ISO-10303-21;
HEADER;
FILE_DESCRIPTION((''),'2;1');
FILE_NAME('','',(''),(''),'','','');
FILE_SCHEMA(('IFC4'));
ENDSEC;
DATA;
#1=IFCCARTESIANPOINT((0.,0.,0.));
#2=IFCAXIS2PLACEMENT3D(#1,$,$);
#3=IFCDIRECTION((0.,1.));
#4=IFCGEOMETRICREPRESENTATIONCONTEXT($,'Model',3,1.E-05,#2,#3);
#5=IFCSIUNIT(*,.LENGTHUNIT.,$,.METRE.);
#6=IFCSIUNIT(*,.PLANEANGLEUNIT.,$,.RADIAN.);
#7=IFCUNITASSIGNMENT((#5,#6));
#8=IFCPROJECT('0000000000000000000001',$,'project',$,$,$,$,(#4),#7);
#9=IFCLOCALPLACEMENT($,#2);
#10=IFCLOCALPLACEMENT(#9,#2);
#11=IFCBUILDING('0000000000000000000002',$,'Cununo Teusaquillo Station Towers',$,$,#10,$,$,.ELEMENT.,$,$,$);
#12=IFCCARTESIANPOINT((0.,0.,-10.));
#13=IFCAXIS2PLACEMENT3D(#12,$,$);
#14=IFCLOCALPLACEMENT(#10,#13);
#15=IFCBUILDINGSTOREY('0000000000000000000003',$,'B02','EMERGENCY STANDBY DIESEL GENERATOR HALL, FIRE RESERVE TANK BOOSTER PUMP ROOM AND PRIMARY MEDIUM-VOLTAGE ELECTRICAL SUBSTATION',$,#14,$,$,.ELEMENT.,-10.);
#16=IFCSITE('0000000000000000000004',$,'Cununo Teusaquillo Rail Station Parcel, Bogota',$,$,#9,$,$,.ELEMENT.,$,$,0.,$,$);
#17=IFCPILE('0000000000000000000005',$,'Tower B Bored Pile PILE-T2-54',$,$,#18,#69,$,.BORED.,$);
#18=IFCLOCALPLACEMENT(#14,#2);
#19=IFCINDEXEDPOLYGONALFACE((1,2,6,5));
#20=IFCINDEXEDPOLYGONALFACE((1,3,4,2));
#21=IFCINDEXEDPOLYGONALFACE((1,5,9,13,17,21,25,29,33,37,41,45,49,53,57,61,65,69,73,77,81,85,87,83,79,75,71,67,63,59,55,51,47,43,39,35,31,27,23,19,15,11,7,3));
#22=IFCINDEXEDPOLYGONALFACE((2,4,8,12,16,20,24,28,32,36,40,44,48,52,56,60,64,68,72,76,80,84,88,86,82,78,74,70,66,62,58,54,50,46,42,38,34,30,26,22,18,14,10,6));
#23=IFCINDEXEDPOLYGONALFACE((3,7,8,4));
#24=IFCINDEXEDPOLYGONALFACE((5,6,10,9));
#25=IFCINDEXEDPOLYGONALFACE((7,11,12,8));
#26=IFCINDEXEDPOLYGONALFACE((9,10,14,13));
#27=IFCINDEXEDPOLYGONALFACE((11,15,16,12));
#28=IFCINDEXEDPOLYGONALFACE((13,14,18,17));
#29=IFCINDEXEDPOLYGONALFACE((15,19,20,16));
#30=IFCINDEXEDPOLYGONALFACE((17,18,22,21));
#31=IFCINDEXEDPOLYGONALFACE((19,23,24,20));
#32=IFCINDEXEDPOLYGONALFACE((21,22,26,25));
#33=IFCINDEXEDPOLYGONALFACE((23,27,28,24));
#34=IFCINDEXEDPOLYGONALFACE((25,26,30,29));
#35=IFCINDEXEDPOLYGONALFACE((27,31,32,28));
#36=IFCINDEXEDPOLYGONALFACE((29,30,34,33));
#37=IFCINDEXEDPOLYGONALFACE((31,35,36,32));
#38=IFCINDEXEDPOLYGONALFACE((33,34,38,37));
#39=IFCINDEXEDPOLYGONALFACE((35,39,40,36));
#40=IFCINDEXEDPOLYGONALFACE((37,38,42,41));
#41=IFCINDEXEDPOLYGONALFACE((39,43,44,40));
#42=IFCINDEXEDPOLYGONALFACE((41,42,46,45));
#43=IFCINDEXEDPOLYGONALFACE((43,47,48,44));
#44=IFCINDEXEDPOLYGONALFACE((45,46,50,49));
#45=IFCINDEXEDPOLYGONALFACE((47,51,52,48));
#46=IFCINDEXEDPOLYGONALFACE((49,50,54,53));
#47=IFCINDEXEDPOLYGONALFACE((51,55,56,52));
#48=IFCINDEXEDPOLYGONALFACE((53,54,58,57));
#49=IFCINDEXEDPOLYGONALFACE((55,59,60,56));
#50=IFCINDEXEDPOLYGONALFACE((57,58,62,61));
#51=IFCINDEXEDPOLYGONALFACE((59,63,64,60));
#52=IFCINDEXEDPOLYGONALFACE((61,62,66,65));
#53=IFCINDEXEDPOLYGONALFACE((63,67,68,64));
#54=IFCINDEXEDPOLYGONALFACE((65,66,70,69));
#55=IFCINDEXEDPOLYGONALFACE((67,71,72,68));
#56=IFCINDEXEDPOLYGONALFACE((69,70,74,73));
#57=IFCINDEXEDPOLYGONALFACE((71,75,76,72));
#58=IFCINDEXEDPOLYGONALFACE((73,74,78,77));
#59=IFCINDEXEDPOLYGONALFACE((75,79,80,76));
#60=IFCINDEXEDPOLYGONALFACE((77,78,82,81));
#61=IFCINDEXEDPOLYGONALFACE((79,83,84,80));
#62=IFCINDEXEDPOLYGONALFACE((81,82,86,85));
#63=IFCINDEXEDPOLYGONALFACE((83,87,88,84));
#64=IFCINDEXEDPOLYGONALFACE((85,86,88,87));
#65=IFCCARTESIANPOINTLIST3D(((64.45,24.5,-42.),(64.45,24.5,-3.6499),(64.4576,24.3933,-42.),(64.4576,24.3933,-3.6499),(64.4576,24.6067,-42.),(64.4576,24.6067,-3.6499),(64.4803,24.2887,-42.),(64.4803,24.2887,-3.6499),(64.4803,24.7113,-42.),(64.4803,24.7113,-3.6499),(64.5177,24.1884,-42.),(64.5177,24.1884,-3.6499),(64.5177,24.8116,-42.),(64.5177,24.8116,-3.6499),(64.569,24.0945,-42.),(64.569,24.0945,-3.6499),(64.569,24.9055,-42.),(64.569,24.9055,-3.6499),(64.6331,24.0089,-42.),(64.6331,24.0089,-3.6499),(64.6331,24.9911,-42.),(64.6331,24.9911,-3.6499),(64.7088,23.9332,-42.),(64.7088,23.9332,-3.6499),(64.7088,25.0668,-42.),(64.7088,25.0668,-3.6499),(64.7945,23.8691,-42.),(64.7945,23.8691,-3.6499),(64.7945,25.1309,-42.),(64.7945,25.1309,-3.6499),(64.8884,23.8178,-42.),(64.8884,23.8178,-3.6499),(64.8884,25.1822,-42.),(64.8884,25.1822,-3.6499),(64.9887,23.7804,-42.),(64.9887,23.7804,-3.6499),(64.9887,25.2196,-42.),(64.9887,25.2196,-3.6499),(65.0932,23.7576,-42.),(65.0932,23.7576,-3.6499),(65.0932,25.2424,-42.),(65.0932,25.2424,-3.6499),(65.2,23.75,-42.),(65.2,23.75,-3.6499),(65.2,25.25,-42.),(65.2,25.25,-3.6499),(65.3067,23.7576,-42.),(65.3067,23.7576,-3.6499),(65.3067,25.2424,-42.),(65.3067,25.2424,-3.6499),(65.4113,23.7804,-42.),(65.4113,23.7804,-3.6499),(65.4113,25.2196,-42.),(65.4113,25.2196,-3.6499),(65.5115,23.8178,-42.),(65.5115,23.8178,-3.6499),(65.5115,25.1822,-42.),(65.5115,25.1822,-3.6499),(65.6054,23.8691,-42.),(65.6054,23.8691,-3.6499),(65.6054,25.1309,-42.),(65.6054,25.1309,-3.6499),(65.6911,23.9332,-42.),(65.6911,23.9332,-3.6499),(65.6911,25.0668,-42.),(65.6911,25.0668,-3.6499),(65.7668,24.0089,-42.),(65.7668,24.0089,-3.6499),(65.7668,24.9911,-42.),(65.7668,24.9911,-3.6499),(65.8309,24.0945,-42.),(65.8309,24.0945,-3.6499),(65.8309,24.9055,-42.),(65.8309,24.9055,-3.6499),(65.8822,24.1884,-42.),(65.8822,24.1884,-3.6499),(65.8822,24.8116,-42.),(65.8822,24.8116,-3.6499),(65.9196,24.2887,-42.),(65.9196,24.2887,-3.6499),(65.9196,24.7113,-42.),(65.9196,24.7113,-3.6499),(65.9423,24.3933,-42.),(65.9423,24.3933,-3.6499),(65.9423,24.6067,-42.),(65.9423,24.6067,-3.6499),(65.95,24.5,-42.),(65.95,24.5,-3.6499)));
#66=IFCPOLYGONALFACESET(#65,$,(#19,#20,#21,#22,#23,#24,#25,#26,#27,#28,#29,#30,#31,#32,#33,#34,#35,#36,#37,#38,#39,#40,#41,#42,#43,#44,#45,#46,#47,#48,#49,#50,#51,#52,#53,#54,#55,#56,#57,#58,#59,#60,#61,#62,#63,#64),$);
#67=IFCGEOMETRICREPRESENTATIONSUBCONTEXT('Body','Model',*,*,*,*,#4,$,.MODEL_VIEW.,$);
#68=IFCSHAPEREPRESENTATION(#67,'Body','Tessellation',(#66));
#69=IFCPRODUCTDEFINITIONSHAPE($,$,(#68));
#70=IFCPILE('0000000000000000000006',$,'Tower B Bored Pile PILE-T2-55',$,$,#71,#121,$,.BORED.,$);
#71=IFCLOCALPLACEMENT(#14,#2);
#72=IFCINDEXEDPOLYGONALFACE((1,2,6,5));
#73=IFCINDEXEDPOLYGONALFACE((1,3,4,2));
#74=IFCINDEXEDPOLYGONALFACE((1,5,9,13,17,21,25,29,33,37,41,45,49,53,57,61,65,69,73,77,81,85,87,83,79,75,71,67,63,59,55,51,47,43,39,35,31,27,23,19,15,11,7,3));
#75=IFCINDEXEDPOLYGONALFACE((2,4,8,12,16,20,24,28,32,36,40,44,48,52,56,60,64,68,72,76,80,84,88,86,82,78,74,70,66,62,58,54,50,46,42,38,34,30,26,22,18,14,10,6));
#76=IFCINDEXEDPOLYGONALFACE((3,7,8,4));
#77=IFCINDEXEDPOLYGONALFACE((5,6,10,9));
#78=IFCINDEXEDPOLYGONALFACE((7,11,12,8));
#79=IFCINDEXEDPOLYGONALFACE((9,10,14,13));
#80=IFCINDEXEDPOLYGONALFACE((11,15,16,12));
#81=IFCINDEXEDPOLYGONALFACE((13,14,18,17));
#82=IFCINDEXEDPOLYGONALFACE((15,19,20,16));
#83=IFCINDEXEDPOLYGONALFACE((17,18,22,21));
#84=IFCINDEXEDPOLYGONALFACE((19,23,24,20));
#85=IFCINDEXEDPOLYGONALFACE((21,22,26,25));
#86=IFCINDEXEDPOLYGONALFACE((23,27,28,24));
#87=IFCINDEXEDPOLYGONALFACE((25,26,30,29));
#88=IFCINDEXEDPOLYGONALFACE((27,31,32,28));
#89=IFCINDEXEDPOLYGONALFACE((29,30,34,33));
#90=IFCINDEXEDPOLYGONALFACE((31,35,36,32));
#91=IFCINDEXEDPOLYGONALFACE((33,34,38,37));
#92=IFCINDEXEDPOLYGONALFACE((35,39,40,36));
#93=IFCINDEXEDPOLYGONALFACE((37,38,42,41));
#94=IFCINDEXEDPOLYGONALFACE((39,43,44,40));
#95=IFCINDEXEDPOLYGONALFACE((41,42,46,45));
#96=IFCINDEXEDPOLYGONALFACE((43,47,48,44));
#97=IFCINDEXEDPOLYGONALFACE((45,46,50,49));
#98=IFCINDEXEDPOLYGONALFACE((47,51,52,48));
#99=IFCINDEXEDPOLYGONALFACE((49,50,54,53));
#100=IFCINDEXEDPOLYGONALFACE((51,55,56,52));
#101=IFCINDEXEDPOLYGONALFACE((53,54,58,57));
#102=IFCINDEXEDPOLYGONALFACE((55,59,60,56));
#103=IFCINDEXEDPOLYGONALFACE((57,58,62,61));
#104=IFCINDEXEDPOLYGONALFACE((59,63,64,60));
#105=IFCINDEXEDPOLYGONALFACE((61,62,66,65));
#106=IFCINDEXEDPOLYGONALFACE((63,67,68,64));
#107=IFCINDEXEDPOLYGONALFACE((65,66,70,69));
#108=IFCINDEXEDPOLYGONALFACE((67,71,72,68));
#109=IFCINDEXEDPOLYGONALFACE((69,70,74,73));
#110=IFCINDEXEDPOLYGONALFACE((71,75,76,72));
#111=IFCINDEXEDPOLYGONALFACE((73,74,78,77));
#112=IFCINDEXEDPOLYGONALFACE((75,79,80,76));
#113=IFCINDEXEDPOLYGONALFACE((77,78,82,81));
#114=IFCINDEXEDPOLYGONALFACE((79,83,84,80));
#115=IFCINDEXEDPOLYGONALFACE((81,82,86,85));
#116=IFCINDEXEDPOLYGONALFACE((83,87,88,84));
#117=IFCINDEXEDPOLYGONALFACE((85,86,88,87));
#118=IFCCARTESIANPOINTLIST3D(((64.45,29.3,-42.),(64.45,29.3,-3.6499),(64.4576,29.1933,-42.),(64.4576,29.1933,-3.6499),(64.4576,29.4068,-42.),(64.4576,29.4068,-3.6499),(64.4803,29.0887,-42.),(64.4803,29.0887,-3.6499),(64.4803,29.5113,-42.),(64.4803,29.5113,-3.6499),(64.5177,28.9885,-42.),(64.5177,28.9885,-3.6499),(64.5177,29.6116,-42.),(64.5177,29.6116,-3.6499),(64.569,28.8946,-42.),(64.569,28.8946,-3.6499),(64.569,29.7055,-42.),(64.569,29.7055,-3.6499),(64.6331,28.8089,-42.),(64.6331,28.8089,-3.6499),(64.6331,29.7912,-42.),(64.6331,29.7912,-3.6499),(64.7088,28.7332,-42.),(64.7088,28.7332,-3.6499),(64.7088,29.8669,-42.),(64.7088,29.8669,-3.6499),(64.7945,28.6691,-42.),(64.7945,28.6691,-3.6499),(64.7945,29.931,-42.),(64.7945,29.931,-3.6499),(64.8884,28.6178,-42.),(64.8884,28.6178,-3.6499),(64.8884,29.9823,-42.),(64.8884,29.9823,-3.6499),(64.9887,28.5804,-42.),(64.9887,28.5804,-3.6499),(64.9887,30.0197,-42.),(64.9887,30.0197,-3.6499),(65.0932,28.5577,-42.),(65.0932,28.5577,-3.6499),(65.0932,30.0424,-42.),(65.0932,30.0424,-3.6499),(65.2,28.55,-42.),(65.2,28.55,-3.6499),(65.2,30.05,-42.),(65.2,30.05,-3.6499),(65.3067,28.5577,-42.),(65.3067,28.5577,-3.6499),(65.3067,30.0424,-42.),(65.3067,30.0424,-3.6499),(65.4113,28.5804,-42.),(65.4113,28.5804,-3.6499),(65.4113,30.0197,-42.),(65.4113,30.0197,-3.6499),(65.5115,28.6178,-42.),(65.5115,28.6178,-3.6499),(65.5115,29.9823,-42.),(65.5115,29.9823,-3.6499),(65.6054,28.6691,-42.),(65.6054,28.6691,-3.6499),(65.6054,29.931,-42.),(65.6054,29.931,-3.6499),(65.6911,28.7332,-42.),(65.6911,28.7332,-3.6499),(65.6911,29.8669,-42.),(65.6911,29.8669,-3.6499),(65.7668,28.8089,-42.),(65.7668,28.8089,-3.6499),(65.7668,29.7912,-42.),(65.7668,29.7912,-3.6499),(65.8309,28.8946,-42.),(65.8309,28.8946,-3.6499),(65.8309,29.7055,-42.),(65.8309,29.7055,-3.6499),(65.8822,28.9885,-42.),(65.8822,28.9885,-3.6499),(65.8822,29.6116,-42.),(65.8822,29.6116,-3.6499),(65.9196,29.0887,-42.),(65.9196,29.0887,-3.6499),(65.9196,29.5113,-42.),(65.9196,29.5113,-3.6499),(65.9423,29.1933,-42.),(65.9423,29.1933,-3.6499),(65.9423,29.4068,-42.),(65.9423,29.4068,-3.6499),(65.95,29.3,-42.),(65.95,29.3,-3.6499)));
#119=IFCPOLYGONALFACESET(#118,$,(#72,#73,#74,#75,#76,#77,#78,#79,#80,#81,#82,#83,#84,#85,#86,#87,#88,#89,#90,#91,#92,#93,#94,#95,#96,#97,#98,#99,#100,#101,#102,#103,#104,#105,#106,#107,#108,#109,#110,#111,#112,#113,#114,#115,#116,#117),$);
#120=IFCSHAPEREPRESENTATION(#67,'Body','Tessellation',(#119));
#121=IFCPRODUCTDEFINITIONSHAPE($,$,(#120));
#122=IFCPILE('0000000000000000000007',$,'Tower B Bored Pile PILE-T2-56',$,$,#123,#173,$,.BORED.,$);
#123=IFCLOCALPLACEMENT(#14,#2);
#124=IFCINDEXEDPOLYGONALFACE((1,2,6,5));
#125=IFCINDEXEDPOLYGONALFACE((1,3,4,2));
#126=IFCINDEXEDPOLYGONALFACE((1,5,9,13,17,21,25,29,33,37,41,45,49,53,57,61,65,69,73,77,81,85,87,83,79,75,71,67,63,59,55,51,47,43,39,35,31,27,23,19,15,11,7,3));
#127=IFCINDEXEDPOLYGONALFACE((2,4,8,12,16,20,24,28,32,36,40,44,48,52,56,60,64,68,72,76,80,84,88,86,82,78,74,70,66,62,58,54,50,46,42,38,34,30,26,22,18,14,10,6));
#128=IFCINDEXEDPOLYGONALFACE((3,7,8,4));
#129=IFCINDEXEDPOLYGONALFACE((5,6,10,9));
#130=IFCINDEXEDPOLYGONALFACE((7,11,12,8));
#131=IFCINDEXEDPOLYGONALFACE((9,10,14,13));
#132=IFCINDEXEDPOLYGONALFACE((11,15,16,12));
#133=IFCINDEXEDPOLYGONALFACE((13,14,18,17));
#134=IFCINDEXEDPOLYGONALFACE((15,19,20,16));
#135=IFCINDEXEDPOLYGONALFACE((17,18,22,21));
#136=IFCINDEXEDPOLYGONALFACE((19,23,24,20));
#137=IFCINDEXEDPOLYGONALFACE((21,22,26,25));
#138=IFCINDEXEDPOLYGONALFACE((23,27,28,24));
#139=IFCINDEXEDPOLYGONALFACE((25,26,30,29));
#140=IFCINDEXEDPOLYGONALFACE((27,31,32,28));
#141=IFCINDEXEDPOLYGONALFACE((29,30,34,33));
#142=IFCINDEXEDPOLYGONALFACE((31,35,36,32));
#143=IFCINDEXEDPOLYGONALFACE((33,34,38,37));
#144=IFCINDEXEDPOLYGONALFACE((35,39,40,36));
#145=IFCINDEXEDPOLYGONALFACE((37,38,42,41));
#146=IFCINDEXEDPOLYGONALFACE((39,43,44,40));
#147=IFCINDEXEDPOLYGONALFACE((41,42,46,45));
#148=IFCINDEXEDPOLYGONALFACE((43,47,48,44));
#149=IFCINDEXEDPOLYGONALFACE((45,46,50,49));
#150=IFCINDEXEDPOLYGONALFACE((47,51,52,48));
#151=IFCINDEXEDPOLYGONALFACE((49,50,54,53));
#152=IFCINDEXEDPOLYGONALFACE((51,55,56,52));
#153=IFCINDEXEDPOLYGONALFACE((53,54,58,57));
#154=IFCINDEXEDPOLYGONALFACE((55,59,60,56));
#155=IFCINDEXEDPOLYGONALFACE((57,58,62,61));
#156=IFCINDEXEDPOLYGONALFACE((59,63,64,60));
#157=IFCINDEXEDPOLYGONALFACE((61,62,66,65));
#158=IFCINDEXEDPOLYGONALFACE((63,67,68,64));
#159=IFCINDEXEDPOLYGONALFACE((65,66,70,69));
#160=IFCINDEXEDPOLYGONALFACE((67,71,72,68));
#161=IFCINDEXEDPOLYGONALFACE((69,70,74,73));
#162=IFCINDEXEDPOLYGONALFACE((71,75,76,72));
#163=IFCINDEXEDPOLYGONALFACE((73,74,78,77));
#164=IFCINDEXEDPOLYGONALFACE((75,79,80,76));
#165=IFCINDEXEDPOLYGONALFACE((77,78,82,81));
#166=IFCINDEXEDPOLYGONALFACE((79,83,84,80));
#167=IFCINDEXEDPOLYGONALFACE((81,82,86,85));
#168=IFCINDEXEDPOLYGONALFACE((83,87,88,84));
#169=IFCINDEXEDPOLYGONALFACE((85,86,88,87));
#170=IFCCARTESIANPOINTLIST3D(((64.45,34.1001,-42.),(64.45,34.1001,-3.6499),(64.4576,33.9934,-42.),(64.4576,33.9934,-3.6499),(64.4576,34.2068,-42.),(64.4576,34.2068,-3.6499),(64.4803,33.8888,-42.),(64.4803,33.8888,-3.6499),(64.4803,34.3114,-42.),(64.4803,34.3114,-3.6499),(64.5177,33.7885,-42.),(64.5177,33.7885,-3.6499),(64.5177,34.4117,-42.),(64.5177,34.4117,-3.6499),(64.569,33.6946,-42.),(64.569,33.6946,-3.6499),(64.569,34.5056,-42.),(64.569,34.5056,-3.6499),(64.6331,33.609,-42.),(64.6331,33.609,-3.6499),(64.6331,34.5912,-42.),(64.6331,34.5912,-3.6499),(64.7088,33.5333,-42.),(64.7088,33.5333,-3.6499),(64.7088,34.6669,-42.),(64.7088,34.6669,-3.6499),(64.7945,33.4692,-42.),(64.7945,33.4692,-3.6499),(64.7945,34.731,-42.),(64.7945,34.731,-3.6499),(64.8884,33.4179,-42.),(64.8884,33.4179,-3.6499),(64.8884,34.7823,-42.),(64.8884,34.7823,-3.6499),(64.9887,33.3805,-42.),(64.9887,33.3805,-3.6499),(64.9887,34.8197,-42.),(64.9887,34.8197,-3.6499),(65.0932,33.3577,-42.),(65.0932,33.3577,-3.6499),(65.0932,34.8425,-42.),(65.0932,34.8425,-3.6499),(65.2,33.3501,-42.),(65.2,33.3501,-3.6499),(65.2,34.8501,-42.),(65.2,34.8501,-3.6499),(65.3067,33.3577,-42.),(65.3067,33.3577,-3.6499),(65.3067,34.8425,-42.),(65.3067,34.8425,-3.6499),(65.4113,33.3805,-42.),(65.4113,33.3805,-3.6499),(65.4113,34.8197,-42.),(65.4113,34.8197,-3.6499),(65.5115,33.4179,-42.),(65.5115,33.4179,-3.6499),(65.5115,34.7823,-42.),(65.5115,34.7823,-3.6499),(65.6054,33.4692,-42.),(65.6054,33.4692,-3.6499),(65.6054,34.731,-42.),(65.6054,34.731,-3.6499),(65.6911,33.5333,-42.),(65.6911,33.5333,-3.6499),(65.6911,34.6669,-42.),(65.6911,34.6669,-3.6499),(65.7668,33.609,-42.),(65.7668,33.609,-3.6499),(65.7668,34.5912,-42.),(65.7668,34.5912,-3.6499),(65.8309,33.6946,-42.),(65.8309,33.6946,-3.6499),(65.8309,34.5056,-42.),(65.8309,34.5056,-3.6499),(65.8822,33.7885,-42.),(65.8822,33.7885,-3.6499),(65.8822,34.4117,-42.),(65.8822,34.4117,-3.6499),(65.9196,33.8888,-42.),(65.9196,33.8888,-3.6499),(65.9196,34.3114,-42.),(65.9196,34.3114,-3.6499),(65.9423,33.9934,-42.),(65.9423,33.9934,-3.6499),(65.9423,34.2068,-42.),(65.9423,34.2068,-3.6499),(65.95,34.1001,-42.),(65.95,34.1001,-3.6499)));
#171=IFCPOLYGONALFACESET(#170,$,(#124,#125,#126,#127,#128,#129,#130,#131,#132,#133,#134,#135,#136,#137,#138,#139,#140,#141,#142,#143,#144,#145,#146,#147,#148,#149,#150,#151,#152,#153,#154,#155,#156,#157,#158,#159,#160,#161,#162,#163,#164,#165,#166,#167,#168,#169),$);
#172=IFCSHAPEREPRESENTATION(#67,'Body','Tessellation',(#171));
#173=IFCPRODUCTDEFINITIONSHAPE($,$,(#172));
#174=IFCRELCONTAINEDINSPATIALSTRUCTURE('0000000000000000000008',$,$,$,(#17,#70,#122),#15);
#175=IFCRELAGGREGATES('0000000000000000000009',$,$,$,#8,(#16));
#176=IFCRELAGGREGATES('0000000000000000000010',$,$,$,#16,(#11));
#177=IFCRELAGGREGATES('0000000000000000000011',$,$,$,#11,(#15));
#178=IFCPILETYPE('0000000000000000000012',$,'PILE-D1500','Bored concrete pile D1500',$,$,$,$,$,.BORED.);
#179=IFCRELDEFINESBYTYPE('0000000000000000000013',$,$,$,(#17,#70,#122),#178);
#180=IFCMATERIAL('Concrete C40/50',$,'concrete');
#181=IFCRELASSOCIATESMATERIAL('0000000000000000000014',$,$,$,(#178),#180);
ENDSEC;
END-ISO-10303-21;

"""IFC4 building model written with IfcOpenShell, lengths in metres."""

from ifc_helpers import new_model, si_unit, direction, frame, origin, origin_2d, place, context, subcontext, project, spatial, circle, extrude, material, material_profile, profile_set, type_object, element, save


model = new_model("IFC4")

# Units and contexts
model_context = context("Model", 3, precision=1e-05, world=origin(), true_north=direction((0.0, 1.0)))
body_context = subcontext(model_context, "Body", "Model", "MODEL_VIEW")
ifc_project = project(units=[si_unit("LENGTHUNIT", "METRE"), si_unit("PLANEANGLEUNIT", "RADIAN")], contexts=[model_context])

# Site, building, storey
site_placement = place(None, origin())
site = spatial("IfcSite", under=ifc_project, at=site_placement, Name="Cununo Teusaquillo Rail Station Parcel, Bogota", CompositionType="ELEMENT", RefElevation=0.0)
building_placement = place(site_placement, origin())
building = spatial("IfcBuilding", under=site, at=building_placement, Name="Cununo Teusaquillo Station Towers", CompositionType="ELEMENT")
storey_placement = place(building_placement, frame((0.0, 0.0, -10.0)))
storey = spatial("IfcBuildingStorey", under=building, at=storey_placement, Name="B02", Description="EMERGENCY STANDBY DIESEL GENERATOR HALL, FIRE RESERVE TANK BOOSTER PUMP ROOM AND PRIMARY MEDIUM-VOLTAGE ELECTRICAL SUBSTATION", CompositionType="ELEMENT", Elevation=-10.0)

# Piles
ifc_material_1 = material(Name="Concrete C40/50", Category="concrete")
ifc_material_profile_1 = material_profile(ifc_material_1, circle(Radius=0.75, at=origin_2d()), Name="PILE-BORED-1500")
ifc_profile_set_1 = profile_set([ifc_material_profile_1], Name="Concrete C40/50")
pile_type = type_object("IfcPileType", Name="PILE-D1500", Description="Bored concrete pile D1500", PredefinedType="BORED", material=ifc_profile_set_1)
for number, where, z_axis, x_axis, name in (
    (1, (65.2, 24.5, -3.6499), (0.0, 0.0, -1.0), (1.0, 0.0, 0.0), "Tower B Bored Pile PILE-T2-54"),
    (2, (65.2, 29.3, -3.6499), (0.0, 0.0, -1.0), (1.0, 0.0, 0.0), "Tower B Bored Pile PILE-T2-55"),
    (3, (65.2, 34.1001, -3.6499), (0.0, 0.0, -1.0), (1.0, 0.0, 0.0), "Tower B Bored Pile PILE-T2-56"),
):
    element("IfcPile", number, at=place(storey_placement, frame(where, z_axis=z_axis, x_axis=x_axis)), inside=storey, type_object=pile_type, Name=name, PredefinedType="BORED", context=body_context, shape_type="SweptSolid", body=[
        extrude(circle(Radius=0.75, at=origin_2d()), origin(), (0.0, 0.0, 1.0), 38.3501),
    ])

save(model, "model.ifc")
